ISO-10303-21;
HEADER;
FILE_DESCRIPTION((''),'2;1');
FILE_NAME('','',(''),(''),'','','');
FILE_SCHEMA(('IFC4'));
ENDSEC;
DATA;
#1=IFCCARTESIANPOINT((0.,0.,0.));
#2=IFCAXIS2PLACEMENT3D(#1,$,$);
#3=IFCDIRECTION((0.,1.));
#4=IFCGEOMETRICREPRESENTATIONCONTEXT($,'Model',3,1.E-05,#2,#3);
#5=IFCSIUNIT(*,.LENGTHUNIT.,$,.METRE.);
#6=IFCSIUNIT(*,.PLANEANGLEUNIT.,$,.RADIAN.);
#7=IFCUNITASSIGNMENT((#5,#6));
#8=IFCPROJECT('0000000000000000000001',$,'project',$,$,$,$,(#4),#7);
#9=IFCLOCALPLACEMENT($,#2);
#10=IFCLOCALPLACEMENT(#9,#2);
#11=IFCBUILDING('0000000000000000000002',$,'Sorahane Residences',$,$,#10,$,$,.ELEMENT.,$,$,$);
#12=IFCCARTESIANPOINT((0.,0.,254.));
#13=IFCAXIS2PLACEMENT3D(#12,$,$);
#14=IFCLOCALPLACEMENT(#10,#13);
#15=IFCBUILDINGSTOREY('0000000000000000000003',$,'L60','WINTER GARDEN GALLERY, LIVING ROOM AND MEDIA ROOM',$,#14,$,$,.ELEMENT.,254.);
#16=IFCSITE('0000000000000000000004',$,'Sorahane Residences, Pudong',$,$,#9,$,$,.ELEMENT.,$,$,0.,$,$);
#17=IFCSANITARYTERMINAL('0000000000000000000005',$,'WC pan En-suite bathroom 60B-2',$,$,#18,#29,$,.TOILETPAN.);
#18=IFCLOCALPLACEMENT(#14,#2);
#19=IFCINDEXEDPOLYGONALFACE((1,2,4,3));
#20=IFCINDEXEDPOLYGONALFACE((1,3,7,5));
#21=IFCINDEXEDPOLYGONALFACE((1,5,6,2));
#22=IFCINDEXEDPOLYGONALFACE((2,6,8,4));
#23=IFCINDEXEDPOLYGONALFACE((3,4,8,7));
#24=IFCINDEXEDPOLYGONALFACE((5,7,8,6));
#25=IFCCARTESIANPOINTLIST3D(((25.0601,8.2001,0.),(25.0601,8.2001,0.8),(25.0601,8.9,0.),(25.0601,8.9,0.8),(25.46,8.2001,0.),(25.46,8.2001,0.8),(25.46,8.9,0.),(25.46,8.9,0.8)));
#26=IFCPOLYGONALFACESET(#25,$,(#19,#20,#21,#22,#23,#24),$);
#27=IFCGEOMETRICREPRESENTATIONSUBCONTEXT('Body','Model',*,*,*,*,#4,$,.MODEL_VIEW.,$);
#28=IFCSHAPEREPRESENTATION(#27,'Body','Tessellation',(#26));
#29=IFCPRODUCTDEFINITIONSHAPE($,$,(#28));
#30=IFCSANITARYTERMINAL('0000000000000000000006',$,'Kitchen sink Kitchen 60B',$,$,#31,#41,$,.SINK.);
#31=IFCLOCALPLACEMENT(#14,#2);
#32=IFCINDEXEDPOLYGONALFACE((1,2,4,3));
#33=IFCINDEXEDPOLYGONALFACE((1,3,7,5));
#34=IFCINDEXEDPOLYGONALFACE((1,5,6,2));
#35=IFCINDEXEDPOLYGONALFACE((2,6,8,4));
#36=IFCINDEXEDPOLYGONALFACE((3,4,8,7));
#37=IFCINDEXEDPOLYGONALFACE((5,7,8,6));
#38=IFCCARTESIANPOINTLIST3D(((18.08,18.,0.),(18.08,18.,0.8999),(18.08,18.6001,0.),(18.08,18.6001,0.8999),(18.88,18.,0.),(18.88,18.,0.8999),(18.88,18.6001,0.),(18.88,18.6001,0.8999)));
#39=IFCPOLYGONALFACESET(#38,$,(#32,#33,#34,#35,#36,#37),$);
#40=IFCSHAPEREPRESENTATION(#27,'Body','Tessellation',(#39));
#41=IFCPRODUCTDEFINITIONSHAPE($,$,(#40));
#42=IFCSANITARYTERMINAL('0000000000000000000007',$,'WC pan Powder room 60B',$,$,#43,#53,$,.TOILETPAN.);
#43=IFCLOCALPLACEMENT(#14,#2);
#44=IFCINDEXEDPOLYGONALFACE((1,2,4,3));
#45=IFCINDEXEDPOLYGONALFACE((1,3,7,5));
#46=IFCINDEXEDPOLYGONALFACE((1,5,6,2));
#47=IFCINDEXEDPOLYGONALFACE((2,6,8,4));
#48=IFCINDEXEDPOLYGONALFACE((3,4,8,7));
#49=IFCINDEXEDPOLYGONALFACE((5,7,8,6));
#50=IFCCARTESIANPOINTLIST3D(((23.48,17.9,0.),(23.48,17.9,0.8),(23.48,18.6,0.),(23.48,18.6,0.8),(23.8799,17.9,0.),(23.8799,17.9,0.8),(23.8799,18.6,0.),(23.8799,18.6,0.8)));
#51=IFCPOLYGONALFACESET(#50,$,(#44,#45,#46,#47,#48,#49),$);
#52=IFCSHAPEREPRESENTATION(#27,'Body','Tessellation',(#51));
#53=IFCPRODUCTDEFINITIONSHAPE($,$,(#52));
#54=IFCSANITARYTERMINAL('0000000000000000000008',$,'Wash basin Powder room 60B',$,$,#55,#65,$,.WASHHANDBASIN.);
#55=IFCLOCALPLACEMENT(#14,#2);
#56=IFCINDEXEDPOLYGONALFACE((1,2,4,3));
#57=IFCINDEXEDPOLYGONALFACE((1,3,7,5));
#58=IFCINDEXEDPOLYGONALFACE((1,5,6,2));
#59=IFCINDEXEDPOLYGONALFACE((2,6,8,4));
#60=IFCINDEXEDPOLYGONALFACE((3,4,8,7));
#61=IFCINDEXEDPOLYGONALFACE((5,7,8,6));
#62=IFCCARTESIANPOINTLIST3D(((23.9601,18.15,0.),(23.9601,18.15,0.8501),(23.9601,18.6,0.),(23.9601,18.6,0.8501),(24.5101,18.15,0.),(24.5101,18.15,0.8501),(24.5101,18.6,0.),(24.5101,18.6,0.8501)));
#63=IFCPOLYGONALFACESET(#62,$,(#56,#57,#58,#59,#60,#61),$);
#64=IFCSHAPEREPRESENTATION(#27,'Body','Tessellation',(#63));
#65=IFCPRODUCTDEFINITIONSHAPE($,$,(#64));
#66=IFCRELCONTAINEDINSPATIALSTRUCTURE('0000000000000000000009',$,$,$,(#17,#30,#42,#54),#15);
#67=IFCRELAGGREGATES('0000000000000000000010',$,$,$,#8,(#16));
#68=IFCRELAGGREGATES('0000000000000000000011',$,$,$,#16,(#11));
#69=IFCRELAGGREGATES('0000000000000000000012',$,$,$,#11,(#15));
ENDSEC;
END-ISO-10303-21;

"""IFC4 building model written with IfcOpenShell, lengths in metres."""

from ifc_helpers import new_model, si_unit, direction, frame, origin, origin_2d, place, context, subcontext, project, spatial, rectangle, extrude, element, save


model = new_model("IFC4")

# Units and contexts
model_context = context("Model", 3, precision=1e-05, world=origin(), true_north=direction((0.0, 1.0)))
body_context = subcontext(model_context, "Body", "Model", "MODEL_VIEW")
ifc_project = project(units=[si_unit("LENGTHUNIT", "METRE"), si_unit("PLANEANGLEUNIT", "RADIAN")], contexts=[model_context])

# Site, building, storey
site_placement = place(None, origin())
site = spatial("IfcSite", under=ifc_project, at=site_placement, Name="Sorahane Residences, Pudong", CompositionType="ELEMENT", RefElevation=0.0)
building_placement = place(site_placement, origin())
building = spatial("IfcBuilding", under=site, at=building_placement, Name="Sorahane Residences", CompositionType="ELEMENT")
storey_placement = place(building_placement, frame((0.0, 0.0, 254.0)))
storey = spatial("IfcBuildingStorey", under=building, at=storey_placement, Name="L60", Description="WINTER GARDEN GALLERY, LIVING ROOM AND MEDIA ROOM", CompositionType="ELEMENT", Elevation=254.0)

# Sanitary terminals
sanitary_terminal_1_placement = place(storey_placement, frame((25.26, 8.55, 0.0), z_axis=(0.0, 0.0, 1.0), x_axis=(1.0, 0.0, 0.0)))
element("IfcSanitaryTerminal", 1, at=sanitary_terminal_1_placement, inside=storey, Name="WC pan En-suite bathroom 60B-2", PredefinedType="TOILETPAN", context=body_context, shape_type="SweptSolid", body=[
    extrude(rectangle(XDim=0.3999, YDim=0.7, at=origin_2d()), origin(), (0.0, 0.0, 1.0), 0.8),
])
sanitary_terminal_2_placement = place(storey_placement, frame((18.48, 18.3, 0.0), z_axis=(0.0, 0.0, 1.0), x_axis=(1.0, 0.0, 0.0)))
element("IfcSanitaryTerminal", 2, at=sanitary_terminal_2_placement, inside=storey, Name="Kitchen sink Kitchen 60B", PredefinedType="SINK", context=body_context, shape_type="SweptSolid", body=[
    extrude(rectangle(XDim=0.8, YDim=0.6001, at=origin_2d()), origin(), (0.0, 0.0, 1.0), 0.8999),
])
sanitary_terminal_3_placement = place(storey_placement, frame((23.6799, 18.25, 0.0), z_axis=(0.0, 0.0, 1.0), x_axis=(1.0, 0.0, 0.0)))
element("IfcSanitaryTerminal", 3, at=sanitary_terminal_3_placement, inside=storey, Name="WC pan Powder room 60B", PredefinedType="TOILETPAN", context=body_context, shape_type="SweptSolid", body=[
    extrude(rectangle(XDim=0.3999, YDim=0.7, at=origin_2d()), origin(), (0.0, 0.0, 1.0), 0.8),
])
sanitary_terminal_4_placement = place(storey_placement, frame((24.2351, 18.375, 0.0), z_axis=(0.0, 0.0, 1.0), x_axis=(1.0, 0.0, 0.0)))
element("IfcSanitaryTerminal", 4, at=sanitary_terminal_4_placement, inside=storey, Name="Wash basin Powder room 60B", PredefinedType="WASHHANDBASIN", context=body_context, shape_type="SweptSolid", body=[
    extrude(rectangle(XDim=0.55, YDim=0.45, at=origin_2d()), origin(), (0.0, 0.0, 1.0), 0.8501),
])

save(model, "model.ifc")
